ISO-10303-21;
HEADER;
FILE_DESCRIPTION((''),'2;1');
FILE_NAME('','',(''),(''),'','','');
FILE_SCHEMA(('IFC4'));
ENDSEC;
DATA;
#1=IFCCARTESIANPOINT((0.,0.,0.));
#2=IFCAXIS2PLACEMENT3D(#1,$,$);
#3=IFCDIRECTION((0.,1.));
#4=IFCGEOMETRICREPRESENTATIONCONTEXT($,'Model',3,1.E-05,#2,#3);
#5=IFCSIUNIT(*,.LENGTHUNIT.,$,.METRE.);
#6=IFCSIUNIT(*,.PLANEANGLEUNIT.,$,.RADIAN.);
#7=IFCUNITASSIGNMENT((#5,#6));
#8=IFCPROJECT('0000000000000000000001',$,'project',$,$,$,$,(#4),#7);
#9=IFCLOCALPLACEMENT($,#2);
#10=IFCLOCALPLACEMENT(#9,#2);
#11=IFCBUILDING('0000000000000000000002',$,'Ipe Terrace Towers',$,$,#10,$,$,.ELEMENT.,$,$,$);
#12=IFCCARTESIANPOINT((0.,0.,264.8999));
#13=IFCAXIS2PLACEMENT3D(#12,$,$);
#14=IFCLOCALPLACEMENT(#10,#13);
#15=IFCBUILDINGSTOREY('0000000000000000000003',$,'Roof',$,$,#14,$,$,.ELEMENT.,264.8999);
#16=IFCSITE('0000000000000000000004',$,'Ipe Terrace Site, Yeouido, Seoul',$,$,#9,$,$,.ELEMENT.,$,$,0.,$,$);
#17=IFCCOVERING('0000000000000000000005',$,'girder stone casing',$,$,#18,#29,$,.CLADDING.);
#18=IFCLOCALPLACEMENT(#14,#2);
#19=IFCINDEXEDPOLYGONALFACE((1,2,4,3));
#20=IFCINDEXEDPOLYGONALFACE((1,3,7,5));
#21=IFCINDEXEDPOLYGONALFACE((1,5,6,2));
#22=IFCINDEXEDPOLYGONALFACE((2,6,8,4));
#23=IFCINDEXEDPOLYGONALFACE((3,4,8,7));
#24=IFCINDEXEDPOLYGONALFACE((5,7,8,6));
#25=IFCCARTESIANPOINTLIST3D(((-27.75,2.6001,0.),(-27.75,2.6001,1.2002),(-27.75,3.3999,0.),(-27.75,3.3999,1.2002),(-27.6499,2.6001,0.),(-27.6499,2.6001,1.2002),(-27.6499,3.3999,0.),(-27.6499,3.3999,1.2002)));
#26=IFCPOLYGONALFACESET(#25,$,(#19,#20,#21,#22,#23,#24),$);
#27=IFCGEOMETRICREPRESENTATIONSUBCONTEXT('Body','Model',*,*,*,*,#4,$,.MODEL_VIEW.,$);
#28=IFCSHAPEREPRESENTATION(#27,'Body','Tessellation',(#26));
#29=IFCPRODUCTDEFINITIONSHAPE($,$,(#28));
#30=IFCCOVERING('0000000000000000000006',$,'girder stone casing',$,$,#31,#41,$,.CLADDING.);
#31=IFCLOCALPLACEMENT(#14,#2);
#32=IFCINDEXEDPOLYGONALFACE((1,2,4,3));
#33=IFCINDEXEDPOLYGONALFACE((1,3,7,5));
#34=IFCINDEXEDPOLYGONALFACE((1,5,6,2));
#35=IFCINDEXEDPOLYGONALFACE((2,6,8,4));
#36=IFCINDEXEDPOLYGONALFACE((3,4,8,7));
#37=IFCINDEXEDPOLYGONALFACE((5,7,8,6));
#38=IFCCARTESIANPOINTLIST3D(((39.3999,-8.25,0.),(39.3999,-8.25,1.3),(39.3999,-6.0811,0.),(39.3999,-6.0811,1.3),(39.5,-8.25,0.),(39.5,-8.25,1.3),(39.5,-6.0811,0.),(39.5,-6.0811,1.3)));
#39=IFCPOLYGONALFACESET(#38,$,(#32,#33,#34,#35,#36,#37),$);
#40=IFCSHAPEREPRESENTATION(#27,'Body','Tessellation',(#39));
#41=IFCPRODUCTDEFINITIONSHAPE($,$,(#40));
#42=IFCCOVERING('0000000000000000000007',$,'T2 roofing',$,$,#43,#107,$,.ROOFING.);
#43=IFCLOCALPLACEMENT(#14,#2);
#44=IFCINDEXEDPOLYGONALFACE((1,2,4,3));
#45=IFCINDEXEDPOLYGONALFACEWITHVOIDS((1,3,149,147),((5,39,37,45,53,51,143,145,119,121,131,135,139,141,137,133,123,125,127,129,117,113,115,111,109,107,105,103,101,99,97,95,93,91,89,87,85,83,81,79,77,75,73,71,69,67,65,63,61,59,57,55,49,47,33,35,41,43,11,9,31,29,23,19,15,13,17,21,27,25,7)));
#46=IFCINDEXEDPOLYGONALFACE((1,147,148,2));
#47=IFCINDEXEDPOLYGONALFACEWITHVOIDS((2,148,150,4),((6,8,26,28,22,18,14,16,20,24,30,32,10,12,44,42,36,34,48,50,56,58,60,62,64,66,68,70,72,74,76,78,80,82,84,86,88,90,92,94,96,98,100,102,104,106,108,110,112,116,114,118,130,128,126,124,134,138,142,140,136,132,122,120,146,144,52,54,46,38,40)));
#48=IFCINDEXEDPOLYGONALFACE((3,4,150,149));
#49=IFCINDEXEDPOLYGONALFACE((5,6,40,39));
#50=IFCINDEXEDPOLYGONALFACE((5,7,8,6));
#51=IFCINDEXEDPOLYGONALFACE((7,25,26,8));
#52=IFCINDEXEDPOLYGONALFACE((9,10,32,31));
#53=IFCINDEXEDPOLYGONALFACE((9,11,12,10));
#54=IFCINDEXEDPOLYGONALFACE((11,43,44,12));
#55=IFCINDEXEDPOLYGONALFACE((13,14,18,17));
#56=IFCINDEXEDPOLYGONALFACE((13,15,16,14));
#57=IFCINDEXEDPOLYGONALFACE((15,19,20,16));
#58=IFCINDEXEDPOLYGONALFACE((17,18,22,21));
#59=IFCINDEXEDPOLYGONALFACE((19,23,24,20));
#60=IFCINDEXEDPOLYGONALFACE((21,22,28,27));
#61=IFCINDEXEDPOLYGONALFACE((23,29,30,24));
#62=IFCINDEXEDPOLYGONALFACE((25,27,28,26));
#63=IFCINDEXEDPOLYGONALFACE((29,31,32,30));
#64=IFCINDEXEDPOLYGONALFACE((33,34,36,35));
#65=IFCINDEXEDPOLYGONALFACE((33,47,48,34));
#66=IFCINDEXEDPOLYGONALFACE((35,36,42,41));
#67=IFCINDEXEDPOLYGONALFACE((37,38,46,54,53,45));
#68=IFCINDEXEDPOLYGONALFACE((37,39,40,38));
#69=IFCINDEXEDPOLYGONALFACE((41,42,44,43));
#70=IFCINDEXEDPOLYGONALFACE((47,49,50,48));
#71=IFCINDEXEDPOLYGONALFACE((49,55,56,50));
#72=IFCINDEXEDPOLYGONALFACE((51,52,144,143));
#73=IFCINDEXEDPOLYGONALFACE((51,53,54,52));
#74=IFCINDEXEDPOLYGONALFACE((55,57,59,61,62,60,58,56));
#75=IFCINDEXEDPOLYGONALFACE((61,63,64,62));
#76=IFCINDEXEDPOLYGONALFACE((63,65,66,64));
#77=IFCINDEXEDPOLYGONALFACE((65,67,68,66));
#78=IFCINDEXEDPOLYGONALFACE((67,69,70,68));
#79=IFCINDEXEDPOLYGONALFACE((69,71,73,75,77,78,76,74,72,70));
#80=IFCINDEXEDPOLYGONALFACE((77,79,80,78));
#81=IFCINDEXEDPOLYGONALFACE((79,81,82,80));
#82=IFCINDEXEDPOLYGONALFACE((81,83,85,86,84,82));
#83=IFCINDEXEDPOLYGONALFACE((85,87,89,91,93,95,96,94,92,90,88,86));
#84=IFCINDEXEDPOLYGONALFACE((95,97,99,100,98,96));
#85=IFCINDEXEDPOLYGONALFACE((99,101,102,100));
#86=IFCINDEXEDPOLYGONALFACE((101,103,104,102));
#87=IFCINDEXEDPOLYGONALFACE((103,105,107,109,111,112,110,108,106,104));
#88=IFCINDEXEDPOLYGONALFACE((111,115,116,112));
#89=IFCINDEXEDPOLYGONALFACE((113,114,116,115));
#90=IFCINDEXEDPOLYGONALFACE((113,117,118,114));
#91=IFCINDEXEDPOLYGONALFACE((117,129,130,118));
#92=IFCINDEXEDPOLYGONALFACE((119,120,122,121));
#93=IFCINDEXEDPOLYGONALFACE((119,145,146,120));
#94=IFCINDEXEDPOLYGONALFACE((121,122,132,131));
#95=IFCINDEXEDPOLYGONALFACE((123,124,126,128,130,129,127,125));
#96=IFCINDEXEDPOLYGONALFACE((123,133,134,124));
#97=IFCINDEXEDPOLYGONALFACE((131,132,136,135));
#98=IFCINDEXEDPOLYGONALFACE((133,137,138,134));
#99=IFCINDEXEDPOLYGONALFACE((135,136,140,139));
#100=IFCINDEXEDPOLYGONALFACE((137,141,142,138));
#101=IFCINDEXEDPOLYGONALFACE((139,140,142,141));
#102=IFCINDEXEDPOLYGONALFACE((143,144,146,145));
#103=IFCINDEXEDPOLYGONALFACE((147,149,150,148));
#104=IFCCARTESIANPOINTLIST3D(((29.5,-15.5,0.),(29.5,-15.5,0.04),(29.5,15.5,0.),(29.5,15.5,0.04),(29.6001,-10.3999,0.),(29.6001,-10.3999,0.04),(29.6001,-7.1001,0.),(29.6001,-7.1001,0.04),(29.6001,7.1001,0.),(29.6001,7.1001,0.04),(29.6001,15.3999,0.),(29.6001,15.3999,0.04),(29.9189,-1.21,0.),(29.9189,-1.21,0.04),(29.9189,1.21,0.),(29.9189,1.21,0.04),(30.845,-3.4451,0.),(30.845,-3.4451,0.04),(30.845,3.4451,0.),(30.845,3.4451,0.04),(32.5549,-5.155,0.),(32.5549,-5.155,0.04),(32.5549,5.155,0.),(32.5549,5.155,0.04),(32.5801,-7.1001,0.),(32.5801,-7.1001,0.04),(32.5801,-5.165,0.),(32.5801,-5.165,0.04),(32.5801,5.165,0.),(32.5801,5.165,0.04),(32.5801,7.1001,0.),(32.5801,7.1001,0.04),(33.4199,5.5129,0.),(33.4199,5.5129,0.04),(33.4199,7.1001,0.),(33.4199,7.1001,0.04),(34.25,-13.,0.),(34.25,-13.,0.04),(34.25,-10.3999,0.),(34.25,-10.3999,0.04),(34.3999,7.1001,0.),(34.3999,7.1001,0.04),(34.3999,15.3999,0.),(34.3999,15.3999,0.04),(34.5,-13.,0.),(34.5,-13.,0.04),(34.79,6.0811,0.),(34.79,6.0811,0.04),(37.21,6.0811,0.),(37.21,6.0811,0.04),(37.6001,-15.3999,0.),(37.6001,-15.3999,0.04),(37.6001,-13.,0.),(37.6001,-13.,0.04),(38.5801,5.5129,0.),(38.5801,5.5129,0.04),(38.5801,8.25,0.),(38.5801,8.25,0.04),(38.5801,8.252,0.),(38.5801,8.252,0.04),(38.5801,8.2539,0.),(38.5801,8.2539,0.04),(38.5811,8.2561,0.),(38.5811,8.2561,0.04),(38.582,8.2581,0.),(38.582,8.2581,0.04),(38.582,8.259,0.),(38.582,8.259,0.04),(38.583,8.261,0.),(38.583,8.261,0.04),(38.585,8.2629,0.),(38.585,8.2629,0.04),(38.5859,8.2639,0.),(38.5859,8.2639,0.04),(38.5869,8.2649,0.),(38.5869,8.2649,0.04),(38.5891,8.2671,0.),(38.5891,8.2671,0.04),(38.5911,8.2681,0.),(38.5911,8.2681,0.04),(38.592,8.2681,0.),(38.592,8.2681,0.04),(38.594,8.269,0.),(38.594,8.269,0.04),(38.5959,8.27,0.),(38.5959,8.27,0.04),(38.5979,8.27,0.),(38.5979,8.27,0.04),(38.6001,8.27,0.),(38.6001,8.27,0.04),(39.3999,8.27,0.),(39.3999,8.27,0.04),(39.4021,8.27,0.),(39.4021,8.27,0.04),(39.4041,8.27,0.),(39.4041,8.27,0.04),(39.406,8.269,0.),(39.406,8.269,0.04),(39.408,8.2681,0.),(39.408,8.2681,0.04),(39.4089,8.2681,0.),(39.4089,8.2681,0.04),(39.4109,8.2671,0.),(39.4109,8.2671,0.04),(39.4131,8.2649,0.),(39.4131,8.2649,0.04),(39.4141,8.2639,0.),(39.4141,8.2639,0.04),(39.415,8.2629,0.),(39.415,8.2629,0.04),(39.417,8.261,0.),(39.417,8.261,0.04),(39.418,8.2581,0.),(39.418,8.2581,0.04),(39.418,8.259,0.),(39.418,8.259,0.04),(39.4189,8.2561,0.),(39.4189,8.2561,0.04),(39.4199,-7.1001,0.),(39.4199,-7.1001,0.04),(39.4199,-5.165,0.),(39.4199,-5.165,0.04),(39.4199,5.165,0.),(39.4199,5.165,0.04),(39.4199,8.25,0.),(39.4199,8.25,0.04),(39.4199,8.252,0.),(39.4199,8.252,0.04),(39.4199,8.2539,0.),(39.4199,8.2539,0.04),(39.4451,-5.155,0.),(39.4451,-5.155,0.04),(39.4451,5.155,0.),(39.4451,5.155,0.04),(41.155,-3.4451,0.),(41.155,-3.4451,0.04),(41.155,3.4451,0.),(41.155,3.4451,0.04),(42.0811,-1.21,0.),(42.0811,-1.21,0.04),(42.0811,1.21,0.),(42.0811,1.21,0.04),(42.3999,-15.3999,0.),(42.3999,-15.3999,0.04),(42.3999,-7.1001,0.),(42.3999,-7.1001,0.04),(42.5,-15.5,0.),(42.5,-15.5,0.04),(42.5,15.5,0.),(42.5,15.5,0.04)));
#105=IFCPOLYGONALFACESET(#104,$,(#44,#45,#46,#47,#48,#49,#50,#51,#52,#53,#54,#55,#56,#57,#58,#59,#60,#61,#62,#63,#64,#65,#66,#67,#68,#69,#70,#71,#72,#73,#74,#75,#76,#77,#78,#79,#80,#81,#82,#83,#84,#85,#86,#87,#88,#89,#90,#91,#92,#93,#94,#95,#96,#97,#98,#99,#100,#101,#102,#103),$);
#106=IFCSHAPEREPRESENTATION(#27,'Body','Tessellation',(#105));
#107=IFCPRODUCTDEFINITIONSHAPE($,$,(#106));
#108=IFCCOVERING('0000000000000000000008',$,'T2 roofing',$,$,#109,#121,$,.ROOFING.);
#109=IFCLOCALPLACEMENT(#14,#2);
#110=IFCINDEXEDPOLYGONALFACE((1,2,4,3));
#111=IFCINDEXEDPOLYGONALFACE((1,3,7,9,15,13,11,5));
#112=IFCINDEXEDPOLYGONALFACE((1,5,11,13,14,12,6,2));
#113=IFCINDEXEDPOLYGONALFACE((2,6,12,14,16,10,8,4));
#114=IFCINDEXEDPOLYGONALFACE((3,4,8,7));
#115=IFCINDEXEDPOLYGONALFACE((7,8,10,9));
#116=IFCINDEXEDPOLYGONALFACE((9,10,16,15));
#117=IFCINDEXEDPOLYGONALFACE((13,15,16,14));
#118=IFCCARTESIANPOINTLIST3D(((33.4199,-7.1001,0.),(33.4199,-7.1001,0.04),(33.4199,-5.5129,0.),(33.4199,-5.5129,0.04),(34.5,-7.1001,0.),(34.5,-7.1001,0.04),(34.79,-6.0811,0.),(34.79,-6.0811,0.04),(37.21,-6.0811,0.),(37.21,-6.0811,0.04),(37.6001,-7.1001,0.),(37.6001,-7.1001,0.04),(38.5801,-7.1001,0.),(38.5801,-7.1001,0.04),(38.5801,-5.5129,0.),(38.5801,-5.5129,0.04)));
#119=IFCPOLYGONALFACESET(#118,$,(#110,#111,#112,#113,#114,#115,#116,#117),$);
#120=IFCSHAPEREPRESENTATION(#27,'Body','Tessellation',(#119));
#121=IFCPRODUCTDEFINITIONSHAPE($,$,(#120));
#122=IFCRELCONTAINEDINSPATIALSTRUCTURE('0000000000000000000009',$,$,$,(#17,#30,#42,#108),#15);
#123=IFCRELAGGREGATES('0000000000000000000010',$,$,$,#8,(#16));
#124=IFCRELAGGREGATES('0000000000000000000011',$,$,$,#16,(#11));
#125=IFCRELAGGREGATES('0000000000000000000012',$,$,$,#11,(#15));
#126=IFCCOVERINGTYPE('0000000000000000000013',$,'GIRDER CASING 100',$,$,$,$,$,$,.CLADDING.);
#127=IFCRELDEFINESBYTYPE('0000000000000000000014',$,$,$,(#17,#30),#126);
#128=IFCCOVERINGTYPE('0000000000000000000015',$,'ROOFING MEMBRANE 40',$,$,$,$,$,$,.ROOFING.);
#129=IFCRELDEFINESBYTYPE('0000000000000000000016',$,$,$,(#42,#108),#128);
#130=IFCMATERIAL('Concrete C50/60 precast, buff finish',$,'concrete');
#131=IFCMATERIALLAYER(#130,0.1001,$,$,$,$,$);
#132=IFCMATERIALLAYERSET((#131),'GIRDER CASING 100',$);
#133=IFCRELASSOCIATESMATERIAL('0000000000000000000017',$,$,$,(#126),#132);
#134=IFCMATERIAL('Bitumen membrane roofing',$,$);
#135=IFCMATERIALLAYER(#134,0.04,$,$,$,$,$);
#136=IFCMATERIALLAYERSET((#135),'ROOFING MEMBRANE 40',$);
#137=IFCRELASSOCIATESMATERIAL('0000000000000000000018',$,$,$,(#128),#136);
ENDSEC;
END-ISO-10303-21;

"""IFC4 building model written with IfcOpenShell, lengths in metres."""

from ifc_helpers import new_model, si_unit, direction, frame, origin, place, context, subcontext, project, spatial, polyline, outline, extrude, material, layer, layer_set, type_object, element, save


model = new_model("IFC4")

# Units and contexts
model_context = context("Model", 3, precision=1e-05, world=origin(), true_north=direction((0.0, 1.0)))
body_context = subcontext(model_context, "Body", "Model", "MODEL_VIEW")
ifc_project = project(units=[si_unit("LENGTHUNIT", "METRE"), si_unit("PLANEANGLEUNIT", "RADIAN")], contexts=[model_context])

# Site, building, storey
site_placement = place(None, origin())
site = spatial("IfcSite", under=ifc_project, at=site_placement, Name="Ipe Terrace Site, Yeouido, Seoul", CompositionType="ELEMENT", RefElevation=0.0)
building_placement = place(site_placement, origin())
building = spatial("IfcBuilding", under=site, at=building_placement, Name="Ipe Terrace Towers", CompositionType="ELEMENT")
storey_placement = place(building_placement, frame((0.0, 0.0, 264.8999)))
storey = spatial("IfcBuildingStorey", under=building, at=storey_placement, Name="Roof", CompositionType="ELEMENT", Elevation=264.8999)

# Coverings
ifc_material_1 = material(Name="Concrete C50/60 precast, buff finish", Category="concrete")
ifc_layer_1 = layer(ifc_material_1, 0.1001)
ifc_layer_set_1 = layer_set([ifc_layer_1], Name="GIRDER CASING 100")
covering_type_1 = type_object("IfcCoveringType", Name="GIRDER CASING 100", PredefinedType="CLADDING", material=ifc_layer_set_1)
covering_1_placement = place(storey_placement, origin())
element("IfcCovering", 1, at=covering_1_placement, inside=storey, type_object=covering_type_1, Name="girder stone casing", PredefinedType="CLADDING", context=body_context, shape_type="SweptSolid", body=[
    extrude(outline(polyline([(-27.75, 2.6001), (-27.6499, 2.6001), (-27.6499, 3.3999), (-27.75, 3.3999), (-27.75, 2.6001)])), origin(), (0.0, 0.0, 1.0), 1.2002),
])
covering_2_placement = place(storey_placement, origin())
element("IfcCovering", 2, at=covering_2_placement, inside=storey, type_object=covering_type_1, Name="girder stone casing", PredefinedType="CLADDING", context=body_context, shape_type="SweptSolid", body=[
    extrude(outline(polyline([(39.5, -8.25), (39.5, -6.0811), (39.3999, -6.0811), (39.3999, -8.25), (39.5, -8.25)])), origin(), (0.0, 0.0, 1.0), 1.3),
])
ifc_material_2 = material(Name="Bitumen membrane roofing")
ifc_layer_2 = layer(ifc_material_2, 0.04)
ifc_layer_set_2 = layer_set([ifc_layer_2], Name="ROOFING MEMBRANE 40")
covering_type_2 = type_object("IfcCoveringType", Name="ROOFING MEMBRANE 40", PredefinedType="ROOFING", material=ifc_layer_set_2)
covering_3_placement = place(storey_placement, origin())
element("IfcCovering", 3, at=covering_3_placement, inside=storey, type_object=covering_type_2, Name="T2 roofing", PredefinedType="ROOFING", context=body_context, shape_type="SweptSolid", body=[
    extrude(outline(polyline([(42.5, -15.5), (29.5, -15.5), (29.5, 15.5), (42.5, 15.5), (42.5, -15.5)]), holes=[polyline([(39.4199, 5.165), (39.4199, 8.25), (39.4199, 8.252), (39.4199, 8.2539), (39.4189, 8.2561), (39.418, 8.2581), (39.418, 8.259), (39.417, 8.261), (39.415, 8.2629), (39.4141, 8.2639), (39.4131, 8.2649), (39.4109, 8.2671), (39.4089, 8.2681), (39.408, 8.2681), (39.406, 8.269), (39.4041, 8.27), (39.4021, 8.27), (39.3999, 8.27), (38.6001, 8.27), (38.5979, 8.27), (38.5959, 8.27), (38.594, 8.269), (38.592, 8.2681), (38.5911, 8.2681), (38.5891, 8.2671), (38.5869, 8.2649), (38.5859, 8.2639), (38.585, 8.2629), (38.583, 8.261), (38.582, 8.259), (38.582, 8.2581), (38.5811, 8.2561), (38.5801, 8.2539), (38.5801, 8.252), (38.5801, 8.25), (38.5801, 5.5129), (37.21, 6.0811), (34.79, 6.0811), (33.4199, 5.5129), (33.4199, 7.1001), (34.3999, 7.1001), (34.3999, 15.3999), (29.6001, 15.3999), (29.6001, 7.1001), (32.5801, 7.1001), (32.5801, 5.165), (32.5549, 5.155), (30.845, 3.4451), (29.9189, 1.21), (29.9189, -1.21), (30.845, -3.4451), (32.5549, -5.155), (32.5801, -5.165), (32.5801, -7.1001), (29.6001, -7.1001), (29.6001, -10.3999), (34.25, -10.3999), (34.25, -13.0), (34.5, -13.0), (37.6001, -13.0), (37.6001, -15.3999), (42.3999, -15.3999), (42.3999, -7.1001), (39.4199, -7.1001), (39.4199, -5.165), (39.4451, -5.155), (41.155, -3.4451), (42.0811, -1.21), (42.0811, 1.21), (41.155, 3.4451), (39.4451, 5.155), (39.4199, 5.165)])]), origin(), (0.0, 0.0, 1.0), 0.04),
])
covering_4_placement = place(storey_placement, origin())
element("IfcCovering", 4, at=covering_4_placement, inside=storey, type_object=covering_type_2, Name="T2 roofing", PredefinedType="ROOFING", context=body_context, shape_type="SweptSolid", body=[
    extrude(outline(polyline([(33.4199, -5.5129), (34.79, -6.0811), (37.21, -6.0811), (38.5801, -5.5129), (38.5801, -7.1001), (37.6001, -7.1001), (34.5, -7.1001), (33.4199, -7.1001), (33.4199, -5.5129)])), origin(), (0.0, 0.0, 1.0), 0.04),
])

save(model, "model.ifc")
